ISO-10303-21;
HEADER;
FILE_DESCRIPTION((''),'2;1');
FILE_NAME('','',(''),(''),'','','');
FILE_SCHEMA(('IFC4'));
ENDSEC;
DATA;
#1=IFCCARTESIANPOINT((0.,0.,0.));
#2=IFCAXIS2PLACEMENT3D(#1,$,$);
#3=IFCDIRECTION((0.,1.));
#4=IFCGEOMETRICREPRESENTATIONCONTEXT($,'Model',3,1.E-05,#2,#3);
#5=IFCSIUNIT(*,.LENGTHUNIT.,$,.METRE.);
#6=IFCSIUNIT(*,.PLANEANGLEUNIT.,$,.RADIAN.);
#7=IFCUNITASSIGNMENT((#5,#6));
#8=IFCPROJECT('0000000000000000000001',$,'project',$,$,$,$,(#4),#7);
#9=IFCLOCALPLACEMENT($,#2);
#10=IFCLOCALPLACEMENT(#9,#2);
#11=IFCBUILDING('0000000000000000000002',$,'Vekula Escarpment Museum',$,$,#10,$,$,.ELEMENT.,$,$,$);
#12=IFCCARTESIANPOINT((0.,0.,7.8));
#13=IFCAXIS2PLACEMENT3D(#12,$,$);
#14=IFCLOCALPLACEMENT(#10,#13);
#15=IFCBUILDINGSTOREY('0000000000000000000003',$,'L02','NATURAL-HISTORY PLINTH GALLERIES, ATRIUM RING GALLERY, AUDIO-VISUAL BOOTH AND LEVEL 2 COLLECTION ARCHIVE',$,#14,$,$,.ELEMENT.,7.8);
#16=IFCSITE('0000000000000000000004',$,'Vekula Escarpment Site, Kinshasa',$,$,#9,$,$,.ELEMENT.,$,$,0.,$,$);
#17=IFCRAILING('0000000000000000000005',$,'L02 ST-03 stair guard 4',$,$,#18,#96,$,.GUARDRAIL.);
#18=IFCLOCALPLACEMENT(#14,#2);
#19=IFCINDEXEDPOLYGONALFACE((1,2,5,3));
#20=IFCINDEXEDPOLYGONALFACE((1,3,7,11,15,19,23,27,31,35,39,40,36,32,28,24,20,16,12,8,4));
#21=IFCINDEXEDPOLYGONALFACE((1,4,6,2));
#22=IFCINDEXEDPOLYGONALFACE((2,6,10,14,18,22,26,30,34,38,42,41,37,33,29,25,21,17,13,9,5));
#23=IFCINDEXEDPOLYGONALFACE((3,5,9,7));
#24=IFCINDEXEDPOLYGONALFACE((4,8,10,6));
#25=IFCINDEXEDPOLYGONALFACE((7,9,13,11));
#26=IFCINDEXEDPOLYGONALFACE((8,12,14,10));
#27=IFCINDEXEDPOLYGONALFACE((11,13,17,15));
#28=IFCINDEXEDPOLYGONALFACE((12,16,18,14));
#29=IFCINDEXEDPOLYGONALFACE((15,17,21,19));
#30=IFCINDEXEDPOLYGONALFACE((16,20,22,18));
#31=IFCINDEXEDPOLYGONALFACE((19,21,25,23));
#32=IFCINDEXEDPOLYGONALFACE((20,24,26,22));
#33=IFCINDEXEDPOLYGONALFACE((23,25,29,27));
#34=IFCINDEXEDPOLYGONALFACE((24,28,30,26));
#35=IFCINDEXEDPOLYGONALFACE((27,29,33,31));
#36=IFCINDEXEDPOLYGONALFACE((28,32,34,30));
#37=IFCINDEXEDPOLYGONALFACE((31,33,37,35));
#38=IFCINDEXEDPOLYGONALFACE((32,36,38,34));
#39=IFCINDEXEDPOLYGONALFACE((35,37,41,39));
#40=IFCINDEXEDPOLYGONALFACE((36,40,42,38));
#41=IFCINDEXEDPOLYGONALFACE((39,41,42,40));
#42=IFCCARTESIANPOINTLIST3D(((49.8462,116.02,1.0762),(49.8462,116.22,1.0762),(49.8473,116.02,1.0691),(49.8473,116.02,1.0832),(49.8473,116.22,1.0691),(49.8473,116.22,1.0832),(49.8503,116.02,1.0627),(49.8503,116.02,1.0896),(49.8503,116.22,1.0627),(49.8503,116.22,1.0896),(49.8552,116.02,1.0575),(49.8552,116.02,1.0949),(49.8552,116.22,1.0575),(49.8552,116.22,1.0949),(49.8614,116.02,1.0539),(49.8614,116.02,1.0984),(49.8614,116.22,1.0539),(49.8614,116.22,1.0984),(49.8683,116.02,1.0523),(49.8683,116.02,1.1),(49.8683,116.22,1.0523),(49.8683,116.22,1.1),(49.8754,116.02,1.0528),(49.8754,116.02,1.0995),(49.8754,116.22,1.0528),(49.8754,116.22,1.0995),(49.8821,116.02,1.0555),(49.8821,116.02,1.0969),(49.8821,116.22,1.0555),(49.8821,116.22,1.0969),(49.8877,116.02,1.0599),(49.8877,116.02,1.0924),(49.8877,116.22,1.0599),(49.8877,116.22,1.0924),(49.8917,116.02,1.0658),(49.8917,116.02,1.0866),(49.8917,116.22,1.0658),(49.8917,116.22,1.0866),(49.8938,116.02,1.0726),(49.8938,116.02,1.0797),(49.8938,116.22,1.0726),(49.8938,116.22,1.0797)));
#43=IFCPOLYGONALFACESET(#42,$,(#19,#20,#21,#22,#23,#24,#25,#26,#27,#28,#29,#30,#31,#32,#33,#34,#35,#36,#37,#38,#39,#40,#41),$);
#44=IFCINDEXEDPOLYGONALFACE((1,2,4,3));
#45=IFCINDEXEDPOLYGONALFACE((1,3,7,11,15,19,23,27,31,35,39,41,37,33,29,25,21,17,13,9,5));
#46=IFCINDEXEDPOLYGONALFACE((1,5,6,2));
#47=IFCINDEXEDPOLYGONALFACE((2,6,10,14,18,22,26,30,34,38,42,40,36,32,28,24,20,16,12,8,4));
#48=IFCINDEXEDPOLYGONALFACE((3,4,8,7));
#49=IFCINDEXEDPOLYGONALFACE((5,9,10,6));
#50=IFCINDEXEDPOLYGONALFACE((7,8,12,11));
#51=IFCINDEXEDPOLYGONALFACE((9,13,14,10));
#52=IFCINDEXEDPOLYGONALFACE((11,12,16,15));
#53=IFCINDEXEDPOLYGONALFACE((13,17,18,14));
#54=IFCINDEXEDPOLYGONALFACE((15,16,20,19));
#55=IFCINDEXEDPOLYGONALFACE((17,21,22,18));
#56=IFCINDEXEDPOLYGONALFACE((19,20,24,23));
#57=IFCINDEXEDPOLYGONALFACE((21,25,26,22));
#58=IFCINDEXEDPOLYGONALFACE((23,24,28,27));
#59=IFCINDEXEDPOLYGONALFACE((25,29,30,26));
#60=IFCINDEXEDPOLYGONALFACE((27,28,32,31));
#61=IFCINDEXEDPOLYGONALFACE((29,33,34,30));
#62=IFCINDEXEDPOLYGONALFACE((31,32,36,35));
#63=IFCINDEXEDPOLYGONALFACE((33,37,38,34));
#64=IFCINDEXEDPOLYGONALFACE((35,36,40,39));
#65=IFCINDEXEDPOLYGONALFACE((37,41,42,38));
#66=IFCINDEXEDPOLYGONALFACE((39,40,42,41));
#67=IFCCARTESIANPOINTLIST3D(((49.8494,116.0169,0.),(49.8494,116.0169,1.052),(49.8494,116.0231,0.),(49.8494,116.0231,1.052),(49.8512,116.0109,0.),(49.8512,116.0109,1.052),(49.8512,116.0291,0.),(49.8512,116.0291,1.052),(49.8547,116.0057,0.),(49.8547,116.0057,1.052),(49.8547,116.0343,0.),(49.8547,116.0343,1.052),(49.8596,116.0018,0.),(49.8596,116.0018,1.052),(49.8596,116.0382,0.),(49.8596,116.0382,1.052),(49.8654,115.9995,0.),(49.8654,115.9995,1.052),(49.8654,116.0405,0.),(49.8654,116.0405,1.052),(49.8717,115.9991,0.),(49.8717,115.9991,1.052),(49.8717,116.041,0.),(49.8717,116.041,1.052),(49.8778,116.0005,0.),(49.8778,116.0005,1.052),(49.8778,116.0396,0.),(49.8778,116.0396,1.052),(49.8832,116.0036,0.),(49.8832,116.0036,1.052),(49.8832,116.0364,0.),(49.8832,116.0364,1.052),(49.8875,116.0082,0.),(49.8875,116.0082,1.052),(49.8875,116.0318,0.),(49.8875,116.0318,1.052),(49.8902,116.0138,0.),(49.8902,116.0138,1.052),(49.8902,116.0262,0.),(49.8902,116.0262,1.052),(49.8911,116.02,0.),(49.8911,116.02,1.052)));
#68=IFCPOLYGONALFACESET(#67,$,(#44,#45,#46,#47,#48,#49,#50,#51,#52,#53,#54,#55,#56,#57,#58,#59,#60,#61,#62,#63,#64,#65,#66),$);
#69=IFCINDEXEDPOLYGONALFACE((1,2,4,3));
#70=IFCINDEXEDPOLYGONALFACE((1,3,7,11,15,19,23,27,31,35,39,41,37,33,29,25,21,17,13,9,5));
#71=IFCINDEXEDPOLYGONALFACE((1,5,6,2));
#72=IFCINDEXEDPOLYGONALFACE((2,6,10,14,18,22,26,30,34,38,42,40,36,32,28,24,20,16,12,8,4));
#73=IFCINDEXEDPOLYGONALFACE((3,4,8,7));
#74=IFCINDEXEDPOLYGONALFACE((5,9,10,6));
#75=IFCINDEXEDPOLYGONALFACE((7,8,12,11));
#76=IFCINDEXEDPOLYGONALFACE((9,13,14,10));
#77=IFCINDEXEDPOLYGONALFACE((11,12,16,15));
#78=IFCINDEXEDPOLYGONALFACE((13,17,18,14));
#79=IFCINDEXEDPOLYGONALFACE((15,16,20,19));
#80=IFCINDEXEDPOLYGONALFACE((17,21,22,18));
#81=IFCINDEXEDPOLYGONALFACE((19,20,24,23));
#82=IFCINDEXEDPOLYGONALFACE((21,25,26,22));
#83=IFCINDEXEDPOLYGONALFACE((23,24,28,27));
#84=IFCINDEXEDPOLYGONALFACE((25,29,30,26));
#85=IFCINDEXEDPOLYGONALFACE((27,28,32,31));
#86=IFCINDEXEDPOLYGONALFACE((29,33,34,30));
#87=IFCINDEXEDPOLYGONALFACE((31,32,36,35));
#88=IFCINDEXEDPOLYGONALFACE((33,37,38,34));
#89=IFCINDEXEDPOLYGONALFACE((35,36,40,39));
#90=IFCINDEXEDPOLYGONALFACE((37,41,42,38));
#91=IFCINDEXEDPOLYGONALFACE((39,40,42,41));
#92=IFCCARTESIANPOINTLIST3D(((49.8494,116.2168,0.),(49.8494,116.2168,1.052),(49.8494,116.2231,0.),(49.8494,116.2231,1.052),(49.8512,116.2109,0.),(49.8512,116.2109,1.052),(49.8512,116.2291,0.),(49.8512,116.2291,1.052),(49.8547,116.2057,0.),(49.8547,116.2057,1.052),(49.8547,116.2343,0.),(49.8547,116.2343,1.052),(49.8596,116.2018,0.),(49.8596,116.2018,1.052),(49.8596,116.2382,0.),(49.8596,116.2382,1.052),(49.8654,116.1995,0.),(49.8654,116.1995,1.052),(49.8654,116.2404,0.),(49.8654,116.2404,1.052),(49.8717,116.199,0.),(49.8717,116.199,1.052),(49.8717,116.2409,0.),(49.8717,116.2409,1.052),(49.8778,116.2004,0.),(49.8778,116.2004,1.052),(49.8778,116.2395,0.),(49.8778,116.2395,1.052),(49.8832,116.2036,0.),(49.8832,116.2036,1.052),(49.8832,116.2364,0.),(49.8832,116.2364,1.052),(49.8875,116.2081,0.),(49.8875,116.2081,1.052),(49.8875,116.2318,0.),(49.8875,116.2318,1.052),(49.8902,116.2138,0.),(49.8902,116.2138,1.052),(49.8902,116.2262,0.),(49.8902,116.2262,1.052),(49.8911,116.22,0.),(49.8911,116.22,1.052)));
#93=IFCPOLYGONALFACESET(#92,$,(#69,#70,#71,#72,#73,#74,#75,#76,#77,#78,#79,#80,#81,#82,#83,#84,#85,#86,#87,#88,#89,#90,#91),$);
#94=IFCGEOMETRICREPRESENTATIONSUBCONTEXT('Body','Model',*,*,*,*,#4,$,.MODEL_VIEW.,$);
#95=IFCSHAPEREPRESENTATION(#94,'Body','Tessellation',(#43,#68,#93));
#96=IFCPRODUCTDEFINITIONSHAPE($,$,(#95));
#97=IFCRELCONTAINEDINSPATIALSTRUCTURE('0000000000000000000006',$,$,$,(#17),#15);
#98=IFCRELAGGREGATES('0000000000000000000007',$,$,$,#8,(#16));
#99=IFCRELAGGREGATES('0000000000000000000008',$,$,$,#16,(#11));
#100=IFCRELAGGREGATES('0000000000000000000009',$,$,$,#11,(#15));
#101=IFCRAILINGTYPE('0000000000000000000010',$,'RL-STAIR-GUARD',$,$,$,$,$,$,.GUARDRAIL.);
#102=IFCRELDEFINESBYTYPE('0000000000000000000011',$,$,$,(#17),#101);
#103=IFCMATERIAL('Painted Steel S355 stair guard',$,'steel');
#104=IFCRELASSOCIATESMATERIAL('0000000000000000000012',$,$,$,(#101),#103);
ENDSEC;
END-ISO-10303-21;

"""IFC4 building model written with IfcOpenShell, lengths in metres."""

from ifc_helpers import new_model, si_unit, direction, frame, origin, origin_2d, place, context, subcontext, project, spatial, circle, extrude, material, type_object, element, save


model = new_model("IFC4")

# Units and contexts
model_context = context("Model", 3, precision=1e-05, world=origin(), true_north=direction((0.0, 1.0)))
body_context = subcontext(model_context, "Body", "Model", "MODEL_VIEW")
ifc_project = project(units=[si_unit("LENGTHUNIT", "METRE"), si_unit("PLANEANGLEUNIT", "RADIAN")], contexts=[model_context])

# Site, building, storey
site_placement = place(None, origin())
site = spatial("IfcSite", under=ifc_project, at=site_placement, Name="Vekula Escarpment Site, Kinshasa", CompositionType="ELEMENT", RefElevation=0.0)
building_placement = place(site_placement, origin())
building = spatial("IfcBuilding", under=site, at=building_placement, Name="Vekula Escarpment Museum", CompositionType="ELEMENT")
storey_placement = place(building_placement, frame((0.0, 0.0, 7.8)))
storey = spatial("IfcBuildingStorey", under=building, at=storey_placement, Name="L02", Description="NATURAL-HISTORY PLINTH GALLERIES, ATRIUM RING GALLERY, AUDIO-VISUAL BOOTH AND LEVEL 2 COLLECTION ARCHIVE", CompositionType="ELEMENT", Elevation=7.8)

# Railing
ifc_material_1 = material(Name="Painted Steel S355 stair guard", Category="steel")
railing_type_1 = type_object("IfcRailingType", Name="RL-STAIR-GUARD", PredefinedType="GUARDRAIL", material=ifc_material_1)
railing_1_placement = place(storey_placement, frame((49.8701, 116.02, 0.0)))
element("IfcRailing", 1, at=railing_1_placement, inside=storey, type_object=railing_type_1, Name="L02 ST-03 stair guard 4", PredefinedType="GUARDRAIL", context=body_context, shape_type="SweptSolid", body=[
    extrude(circle(Radius=0.0239, at=origin_2d()), frame((0.0, 0.0, 1.0762), z_axis=(0.0, 1.0, 0.0), x_axis=(-1.0, 0.0, 0.0)), (0.0, 0.0, 1.0), 0.2),
    extrude(circle(Radius=0.021, at=origin_2d()), origin(), (0.0, 0.0, 1.0), 1.052),
    extrude(circle(Radius=0.021, at=origin_2d()), frame((0.0, 0.2, 0.0)), (0.0, 0.0, 1.0), 1.052),
])

save(model, "model.ifc")
